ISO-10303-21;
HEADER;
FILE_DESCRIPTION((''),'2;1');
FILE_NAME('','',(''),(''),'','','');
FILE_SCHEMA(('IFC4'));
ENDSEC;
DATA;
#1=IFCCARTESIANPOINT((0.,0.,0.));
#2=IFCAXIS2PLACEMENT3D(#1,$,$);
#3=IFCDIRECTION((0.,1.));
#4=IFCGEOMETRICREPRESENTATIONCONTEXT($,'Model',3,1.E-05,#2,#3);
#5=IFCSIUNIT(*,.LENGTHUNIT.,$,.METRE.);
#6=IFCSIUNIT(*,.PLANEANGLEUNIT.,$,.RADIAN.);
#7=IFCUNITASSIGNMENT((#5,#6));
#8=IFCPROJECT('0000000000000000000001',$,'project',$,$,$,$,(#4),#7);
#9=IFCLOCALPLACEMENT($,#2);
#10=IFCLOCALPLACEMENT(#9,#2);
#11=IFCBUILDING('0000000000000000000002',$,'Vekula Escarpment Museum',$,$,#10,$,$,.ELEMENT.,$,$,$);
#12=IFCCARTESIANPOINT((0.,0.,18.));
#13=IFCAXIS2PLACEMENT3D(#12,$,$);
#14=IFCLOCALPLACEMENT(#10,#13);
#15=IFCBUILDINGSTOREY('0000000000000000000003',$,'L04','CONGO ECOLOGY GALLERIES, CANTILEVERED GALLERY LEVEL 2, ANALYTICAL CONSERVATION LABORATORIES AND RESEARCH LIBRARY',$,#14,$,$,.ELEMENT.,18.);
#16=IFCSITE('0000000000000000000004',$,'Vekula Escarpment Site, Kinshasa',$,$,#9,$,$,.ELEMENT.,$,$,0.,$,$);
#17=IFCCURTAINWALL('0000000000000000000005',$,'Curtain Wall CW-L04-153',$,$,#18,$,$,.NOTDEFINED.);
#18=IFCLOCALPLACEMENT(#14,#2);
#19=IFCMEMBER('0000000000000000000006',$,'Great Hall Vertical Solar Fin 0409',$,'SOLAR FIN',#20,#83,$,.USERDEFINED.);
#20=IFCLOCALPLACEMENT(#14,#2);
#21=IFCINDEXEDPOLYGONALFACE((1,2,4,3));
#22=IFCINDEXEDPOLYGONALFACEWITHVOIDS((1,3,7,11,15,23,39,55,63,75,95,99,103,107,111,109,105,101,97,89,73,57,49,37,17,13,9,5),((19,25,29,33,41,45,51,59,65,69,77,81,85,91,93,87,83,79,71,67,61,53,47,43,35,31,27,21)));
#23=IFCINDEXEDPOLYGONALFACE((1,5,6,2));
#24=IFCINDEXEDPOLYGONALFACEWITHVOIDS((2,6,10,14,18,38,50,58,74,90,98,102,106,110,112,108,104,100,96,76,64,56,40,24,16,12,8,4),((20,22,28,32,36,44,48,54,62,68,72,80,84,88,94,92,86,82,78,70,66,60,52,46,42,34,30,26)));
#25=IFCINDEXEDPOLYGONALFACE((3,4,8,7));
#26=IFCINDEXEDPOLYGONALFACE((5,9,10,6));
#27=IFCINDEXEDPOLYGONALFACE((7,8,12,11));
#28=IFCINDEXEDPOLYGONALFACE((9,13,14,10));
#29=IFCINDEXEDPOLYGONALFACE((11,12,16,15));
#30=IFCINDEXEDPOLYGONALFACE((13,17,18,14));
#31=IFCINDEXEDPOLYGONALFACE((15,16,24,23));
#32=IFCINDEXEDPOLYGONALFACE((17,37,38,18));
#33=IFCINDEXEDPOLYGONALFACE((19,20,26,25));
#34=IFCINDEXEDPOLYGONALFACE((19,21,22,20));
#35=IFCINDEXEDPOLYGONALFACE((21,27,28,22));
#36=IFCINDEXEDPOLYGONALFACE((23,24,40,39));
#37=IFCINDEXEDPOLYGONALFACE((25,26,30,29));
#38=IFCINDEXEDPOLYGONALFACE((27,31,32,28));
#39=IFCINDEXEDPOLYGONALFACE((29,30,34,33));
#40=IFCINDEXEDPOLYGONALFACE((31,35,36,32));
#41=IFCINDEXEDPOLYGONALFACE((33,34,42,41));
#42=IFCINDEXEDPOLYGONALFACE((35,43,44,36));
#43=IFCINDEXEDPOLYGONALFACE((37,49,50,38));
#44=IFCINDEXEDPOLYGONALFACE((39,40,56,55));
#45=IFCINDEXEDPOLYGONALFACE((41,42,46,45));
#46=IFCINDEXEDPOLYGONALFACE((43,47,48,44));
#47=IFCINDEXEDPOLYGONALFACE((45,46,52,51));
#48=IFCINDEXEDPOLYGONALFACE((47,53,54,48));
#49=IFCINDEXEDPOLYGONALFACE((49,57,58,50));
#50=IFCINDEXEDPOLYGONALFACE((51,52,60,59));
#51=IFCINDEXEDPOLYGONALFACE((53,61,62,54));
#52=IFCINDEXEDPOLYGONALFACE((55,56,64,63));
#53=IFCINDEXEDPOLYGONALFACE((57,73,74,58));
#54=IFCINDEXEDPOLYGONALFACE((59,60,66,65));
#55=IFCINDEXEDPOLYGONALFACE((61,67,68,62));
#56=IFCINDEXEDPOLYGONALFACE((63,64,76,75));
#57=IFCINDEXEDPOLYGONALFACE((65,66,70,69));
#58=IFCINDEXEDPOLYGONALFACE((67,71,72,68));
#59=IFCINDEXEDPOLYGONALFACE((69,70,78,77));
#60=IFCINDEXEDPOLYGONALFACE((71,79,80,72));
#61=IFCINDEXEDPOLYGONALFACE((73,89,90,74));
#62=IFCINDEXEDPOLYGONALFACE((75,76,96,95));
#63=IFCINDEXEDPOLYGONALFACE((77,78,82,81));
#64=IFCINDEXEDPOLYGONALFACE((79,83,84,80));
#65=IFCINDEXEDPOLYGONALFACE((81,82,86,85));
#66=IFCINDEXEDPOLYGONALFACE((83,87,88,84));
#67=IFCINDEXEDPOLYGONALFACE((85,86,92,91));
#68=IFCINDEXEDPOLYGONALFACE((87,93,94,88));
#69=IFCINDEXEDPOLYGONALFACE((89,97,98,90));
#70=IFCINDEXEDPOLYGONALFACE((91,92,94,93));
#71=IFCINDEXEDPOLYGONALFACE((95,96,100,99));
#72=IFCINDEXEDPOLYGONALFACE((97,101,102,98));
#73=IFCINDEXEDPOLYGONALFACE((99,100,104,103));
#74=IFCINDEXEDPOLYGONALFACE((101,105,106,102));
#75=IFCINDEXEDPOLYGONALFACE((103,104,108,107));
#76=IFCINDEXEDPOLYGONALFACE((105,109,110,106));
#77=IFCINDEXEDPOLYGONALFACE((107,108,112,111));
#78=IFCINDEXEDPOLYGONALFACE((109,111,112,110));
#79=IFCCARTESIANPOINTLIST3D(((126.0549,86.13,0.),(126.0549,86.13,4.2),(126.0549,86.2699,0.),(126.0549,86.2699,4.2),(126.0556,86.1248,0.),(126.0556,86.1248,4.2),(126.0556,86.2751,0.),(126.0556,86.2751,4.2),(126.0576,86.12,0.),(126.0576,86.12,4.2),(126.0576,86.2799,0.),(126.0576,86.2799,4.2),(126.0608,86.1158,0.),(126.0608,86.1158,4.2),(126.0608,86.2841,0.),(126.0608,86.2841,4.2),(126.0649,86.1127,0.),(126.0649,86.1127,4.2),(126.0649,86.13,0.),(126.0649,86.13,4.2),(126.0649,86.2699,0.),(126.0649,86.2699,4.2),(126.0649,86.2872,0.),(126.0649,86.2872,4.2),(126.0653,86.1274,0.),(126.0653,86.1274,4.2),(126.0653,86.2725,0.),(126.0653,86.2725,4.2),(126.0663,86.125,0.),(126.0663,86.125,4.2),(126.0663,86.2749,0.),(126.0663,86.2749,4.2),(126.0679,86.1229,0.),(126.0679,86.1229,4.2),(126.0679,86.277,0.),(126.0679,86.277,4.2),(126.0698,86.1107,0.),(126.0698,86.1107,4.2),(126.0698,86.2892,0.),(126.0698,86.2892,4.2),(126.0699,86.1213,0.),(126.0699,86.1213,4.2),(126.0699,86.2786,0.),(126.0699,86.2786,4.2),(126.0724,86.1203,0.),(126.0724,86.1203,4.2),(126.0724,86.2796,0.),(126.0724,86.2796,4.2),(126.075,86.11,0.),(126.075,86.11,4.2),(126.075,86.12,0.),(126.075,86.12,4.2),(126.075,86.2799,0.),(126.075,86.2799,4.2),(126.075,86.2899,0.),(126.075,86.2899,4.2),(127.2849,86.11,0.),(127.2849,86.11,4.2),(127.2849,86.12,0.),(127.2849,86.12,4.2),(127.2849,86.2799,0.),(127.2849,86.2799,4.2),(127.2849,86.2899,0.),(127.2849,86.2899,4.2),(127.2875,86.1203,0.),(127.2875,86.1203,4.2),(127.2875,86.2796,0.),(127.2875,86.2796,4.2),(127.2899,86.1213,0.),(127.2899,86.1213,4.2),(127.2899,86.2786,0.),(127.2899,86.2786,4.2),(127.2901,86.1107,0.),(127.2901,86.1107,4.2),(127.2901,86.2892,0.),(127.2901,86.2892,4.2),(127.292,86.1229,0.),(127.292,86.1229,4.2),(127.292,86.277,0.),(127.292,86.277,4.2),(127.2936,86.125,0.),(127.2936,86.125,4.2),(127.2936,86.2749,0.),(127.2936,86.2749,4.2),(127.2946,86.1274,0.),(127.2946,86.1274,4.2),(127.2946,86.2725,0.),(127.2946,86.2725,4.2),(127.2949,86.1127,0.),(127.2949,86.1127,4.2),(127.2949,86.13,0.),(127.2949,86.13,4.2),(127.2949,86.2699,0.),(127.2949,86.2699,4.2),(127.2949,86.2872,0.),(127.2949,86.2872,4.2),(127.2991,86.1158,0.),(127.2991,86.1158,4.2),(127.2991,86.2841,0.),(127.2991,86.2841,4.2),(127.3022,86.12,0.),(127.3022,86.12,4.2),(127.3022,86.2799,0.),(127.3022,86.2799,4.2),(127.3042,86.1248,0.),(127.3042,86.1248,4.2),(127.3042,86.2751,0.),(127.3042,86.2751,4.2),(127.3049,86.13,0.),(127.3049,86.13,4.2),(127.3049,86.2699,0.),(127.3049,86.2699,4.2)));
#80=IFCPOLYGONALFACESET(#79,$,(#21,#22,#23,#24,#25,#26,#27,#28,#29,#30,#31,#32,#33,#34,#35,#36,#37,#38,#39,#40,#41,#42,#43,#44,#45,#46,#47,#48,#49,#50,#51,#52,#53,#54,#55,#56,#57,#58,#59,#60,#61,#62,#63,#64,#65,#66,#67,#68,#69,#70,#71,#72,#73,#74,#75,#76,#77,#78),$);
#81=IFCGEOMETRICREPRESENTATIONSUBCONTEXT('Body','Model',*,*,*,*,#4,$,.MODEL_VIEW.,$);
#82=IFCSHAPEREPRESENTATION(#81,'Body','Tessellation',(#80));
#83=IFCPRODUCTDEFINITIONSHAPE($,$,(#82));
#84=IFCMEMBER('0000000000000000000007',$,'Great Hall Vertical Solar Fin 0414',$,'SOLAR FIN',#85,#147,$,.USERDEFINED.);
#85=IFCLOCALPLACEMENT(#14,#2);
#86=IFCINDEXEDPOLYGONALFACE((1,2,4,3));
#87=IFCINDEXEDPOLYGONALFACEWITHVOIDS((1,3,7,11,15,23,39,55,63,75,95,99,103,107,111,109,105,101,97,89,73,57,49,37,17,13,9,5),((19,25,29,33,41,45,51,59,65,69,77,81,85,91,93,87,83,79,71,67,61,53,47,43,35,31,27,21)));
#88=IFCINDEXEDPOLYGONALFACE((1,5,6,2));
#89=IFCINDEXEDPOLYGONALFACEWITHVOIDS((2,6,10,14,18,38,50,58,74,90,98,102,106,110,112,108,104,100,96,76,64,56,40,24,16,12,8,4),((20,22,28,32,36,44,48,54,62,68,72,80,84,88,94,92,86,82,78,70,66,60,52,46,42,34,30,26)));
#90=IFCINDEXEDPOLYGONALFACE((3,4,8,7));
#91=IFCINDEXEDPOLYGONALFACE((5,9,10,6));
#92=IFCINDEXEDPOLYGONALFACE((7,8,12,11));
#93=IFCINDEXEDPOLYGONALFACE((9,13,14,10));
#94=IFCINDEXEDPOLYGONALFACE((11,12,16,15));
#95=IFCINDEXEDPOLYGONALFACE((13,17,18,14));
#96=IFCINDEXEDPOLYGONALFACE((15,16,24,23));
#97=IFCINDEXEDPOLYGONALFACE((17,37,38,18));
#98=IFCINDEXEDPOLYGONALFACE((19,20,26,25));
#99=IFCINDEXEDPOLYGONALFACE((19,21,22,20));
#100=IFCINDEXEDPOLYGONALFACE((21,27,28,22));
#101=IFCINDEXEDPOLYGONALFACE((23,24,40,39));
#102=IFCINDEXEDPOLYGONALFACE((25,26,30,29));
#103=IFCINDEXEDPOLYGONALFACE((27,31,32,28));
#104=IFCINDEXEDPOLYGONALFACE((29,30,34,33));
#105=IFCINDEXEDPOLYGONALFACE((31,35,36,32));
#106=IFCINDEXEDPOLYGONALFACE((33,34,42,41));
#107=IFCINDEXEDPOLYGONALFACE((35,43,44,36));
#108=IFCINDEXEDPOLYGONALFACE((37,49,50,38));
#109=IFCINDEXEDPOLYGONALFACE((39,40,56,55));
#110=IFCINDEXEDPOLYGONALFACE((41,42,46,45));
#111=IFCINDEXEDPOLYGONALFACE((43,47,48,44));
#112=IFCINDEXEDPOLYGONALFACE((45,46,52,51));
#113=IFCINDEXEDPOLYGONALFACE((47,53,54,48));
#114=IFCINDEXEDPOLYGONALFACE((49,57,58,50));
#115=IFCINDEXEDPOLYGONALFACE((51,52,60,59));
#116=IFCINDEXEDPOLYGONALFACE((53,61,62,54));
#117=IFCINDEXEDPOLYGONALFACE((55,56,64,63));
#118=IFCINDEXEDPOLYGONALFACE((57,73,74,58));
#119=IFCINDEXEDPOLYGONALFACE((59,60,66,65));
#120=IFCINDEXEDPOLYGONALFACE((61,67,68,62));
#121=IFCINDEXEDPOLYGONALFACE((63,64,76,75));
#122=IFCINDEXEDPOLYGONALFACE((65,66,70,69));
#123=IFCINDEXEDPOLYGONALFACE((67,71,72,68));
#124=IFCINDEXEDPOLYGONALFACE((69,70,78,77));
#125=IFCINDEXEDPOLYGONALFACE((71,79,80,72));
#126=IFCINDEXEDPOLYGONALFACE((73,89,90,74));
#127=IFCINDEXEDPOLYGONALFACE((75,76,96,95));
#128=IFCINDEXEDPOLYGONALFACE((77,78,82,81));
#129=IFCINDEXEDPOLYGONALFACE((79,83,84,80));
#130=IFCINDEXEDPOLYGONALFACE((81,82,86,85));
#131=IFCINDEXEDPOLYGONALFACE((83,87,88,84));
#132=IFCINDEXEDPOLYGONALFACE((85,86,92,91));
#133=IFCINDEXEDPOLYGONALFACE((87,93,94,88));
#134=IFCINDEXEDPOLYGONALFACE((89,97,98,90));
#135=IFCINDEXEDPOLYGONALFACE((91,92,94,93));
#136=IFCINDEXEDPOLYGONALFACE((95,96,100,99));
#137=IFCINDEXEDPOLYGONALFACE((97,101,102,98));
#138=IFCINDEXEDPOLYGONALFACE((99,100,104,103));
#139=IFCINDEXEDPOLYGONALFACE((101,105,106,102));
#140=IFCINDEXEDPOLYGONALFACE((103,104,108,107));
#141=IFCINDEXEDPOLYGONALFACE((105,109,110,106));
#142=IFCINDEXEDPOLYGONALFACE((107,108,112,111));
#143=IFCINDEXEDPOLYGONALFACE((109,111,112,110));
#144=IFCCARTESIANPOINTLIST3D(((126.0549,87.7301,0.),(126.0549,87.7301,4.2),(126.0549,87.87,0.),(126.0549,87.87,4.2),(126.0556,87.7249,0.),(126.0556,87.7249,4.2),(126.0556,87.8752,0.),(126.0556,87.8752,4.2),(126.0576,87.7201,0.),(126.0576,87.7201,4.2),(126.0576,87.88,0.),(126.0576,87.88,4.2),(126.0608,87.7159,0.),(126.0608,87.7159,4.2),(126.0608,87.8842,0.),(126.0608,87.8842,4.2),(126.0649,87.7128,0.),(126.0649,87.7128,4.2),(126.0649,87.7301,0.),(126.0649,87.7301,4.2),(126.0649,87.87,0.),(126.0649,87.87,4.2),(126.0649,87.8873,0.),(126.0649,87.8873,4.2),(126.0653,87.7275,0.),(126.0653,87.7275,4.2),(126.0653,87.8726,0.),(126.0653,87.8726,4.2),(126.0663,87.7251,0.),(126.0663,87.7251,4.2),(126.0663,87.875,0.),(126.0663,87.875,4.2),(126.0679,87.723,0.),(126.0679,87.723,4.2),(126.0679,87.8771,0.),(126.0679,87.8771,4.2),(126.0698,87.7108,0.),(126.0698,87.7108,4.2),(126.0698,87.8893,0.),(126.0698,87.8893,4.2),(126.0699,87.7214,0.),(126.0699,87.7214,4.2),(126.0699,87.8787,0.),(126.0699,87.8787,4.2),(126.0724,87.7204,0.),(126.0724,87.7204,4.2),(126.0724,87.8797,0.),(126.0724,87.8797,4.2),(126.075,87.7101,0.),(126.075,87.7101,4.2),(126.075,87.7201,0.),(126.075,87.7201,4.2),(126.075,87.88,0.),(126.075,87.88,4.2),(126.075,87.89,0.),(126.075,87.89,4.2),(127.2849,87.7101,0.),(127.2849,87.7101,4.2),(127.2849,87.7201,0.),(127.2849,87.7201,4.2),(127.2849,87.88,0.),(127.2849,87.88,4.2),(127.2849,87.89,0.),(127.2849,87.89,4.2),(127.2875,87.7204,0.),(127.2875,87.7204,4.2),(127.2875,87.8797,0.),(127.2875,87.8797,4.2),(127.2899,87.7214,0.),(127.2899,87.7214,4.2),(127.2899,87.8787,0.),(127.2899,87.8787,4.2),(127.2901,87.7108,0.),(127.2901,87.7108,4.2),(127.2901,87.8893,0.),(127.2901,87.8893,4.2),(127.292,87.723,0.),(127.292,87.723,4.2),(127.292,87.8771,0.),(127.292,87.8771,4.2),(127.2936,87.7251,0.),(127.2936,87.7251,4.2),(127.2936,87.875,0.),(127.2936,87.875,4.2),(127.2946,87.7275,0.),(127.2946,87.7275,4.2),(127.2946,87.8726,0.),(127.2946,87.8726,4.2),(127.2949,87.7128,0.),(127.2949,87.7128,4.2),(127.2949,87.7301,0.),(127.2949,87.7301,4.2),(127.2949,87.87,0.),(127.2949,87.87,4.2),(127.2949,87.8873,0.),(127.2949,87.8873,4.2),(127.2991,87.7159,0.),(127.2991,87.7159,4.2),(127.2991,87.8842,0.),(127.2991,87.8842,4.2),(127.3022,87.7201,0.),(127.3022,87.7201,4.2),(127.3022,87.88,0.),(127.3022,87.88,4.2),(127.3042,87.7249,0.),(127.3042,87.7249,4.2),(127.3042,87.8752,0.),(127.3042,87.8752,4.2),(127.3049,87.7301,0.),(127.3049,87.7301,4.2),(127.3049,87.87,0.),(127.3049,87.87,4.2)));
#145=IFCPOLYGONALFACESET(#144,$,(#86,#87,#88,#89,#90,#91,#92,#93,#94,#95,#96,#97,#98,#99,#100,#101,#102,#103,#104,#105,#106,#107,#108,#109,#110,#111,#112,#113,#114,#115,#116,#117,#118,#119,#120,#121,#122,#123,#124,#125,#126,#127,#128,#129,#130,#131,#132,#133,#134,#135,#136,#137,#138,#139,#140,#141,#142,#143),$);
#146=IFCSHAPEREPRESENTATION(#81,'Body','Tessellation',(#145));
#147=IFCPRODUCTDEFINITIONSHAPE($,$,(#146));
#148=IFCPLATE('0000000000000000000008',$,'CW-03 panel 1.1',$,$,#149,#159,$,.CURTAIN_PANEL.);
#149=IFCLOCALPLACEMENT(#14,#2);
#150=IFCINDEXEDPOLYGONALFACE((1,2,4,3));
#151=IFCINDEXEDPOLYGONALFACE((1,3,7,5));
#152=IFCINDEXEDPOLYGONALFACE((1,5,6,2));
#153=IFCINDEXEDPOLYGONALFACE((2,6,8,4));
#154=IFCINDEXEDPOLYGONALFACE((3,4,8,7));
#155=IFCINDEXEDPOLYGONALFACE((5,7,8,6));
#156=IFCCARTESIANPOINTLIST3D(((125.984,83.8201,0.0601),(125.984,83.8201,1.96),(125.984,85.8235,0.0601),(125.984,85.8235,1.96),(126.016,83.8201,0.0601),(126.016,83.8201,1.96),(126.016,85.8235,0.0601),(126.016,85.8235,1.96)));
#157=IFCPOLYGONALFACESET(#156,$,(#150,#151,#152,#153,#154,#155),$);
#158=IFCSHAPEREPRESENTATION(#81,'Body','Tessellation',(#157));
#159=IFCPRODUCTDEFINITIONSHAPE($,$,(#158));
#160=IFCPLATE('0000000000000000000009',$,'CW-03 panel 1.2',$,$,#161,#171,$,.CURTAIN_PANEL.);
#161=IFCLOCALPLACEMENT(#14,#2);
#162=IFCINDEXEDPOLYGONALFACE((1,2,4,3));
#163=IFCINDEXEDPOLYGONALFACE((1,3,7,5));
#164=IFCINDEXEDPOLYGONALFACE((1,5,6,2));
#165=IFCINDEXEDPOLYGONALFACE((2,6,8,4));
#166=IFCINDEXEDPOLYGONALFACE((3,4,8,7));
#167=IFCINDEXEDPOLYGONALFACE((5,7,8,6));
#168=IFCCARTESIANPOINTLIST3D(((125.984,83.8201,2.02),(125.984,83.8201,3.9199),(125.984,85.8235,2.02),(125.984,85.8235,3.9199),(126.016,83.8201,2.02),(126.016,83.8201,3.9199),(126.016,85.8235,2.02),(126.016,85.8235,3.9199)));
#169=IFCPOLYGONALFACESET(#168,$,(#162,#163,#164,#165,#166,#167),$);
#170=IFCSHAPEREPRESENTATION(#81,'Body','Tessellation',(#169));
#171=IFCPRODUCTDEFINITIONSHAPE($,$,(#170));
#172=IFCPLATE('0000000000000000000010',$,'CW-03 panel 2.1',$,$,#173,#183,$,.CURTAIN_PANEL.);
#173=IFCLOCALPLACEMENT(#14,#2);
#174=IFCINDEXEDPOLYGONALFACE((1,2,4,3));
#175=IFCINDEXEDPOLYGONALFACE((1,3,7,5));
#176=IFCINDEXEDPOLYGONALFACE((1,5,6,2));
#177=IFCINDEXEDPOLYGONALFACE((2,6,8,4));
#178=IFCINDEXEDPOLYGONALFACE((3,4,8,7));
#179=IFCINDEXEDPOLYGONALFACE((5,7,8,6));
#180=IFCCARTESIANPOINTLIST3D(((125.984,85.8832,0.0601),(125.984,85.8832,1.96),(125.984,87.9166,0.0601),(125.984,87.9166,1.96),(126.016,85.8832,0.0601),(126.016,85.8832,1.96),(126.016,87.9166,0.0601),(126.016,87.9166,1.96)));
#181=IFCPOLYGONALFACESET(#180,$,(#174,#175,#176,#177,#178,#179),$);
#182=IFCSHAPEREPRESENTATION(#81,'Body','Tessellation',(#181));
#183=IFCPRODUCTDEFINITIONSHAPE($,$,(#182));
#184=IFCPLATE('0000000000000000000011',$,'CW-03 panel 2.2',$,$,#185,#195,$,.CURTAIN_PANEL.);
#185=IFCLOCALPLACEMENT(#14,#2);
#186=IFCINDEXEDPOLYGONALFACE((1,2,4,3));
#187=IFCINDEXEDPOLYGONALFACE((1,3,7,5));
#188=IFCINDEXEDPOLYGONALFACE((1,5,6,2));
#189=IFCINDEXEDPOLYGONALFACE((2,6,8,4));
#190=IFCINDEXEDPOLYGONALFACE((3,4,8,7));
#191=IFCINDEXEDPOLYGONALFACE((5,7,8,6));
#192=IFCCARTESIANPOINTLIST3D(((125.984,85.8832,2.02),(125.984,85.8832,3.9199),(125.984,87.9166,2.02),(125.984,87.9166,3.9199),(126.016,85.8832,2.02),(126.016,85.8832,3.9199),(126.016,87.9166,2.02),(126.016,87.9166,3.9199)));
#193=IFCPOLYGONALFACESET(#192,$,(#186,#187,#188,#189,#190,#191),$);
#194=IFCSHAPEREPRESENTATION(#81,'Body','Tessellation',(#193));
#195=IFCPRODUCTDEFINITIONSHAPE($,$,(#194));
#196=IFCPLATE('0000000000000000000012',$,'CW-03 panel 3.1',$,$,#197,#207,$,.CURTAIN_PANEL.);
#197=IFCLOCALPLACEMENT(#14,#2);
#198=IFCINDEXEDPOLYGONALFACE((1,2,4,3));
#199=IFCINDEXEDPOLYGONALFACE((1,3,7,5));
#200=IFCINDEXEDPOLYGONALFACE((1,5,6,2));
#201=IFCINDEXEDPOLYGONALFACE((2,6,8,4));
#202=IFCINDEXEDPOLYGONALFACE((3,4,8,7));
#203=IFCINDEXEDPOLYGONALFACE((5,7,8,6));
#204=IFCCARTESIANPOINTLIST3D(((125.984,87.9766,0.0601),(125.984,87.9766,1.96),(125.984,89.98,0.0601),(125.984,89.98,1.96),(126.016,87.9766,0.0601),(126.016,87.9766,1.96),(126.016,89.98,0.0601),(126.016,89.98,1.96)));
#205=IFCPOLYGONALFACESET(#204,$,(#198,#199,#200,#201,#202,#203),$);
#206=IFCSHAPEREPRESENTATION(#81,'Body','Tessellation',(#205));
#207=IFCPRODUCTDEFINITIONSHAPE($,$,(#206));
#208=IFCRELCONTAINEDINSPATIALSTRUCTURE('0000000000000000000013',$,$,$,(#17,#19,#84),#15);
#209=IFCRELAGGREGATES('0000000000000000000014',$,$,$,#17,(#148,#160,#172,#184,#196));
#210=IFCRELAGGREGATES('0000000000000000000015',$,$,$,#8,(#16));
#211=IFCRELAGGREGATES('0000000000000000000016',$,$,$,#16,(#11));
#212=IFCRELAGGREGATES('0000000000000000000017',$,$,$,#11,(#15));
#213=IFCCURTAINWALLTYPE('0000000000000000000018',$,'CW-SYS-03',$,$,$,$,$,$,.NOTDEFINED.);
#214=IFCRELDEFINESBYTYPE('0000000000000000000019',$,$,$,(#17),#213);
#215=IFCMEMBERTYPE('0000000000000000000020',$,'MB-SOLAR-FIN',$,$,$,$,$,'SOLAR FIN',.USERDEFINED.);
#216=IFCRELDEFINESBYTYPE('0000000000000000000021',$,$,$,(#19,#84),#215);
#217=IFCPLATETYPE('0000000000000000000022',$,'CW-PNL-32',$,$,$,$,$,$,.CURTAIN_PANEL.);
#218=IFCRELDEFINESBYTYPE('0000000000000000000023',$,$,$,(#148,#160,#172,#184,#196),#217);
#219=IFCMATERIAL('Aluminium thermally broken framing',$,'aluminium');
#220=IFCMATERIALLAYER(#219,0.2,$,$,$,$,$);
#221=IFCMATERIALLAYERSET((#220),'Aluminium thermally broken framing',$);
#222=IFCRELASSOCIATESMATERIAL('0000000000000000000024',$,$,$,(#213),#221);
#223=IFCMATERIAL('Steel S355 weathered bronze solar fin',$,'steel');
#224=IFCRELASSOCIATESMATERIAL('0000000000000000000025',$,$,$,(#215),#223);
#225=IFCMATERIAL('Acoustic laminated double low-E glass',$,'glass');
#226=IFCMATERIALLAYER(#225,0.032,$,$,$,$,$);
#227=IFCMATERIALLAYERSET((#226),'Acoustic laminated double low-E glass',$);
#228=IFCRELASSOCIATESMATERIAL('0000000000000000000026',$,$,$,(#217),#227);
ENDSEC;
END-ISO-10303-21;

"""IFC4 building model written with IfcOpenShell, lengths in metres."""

from ifc_helpers import new_model, si_unit, direction, frame, origin, origin_2d, place, context, subcontext, project, spatial, rectangle, hollow_rectangle, extrude, material, layer, layer_set, material_profile, profile_set, type_object, element, aggregate, save


model = new_model("IFC4")

# Units and contexts
model_context = context("Model", 3, precision=1e-05, world=origin(), true_north=direction((0.0, 1.0)))
body_context = subcontext(model_context, "Body", "Model", "MODEL_VIEW")
ifc_project = project(units=[si_unit("LENGTHUNIT", "METRE"), si_unit("PLANEANGLEUNIT", "RADIAN")], contexts=[model_context])

# Site, building, storey
site_placement = place(None, origin())
site = spatial("IfcSite", under=ifc_project, at=site_placement, Name="Vekula Escarpment Site, Kinshasa", CompositionType="ELEMENT", RefElevation=0.0)
building_placement = place(site_placement, origin())
building = spatial("IfcBuilding", under=site, at=building_placement, Name="Vekula Escarpment Museum", CompositionType="ELEMENT")
storey_placement = place(building_placement, frame((0.0, 0.0, 18.0)))
storey = spatial("IfcBuildingStorey", under=building, at=storey_placement, Name="L04", Description="CONGO ECOLOGY GALLERIES, CANTILEVERED GALLERY LEVEL 2, ANALYTICAL CONSERVATION LABORATORIES AND RESEARCH LIBRARY", CompositionType="ELEMENT", Elevation=18.0)

# Curtain wall
ifc_material_1 = material(Name="Aluminium thermally broken framing", Category="aluminium")
ifc_layer_1 = layer(ifc_material_1, 0.2)
ifc_layer_set_1 = layer_set([ifc_layer_1], Name="Aluminium thermally broken framing")
curtain_wall_type_1 = type_object("IfcCurtainWallType", Name="CW-SYS-03", PredefinedType="NOTDEFINED", material=ifc_layer_set_1)
curtain_wall_1_placement = place(storey_placement, origin())
curtain_wall_1 = element("IfcCurtainWall", 1, at=curtain_wall_1_placement, inside=storey, type_object=curtain_wall_type_1, Name="Curtain Wall CW-L04-153", PredefinedType="NOTDEFINED")

# Members
ifc_material_2 = material(Name="Steel S355 weathered bronze solar fin", Category="steel")
ifc_material_profile_1 = material_profile(ifc_material_2, hollow_rectangle(XDim=0.1799, YDim=1.25, WallThickness=0.01, InnerFilletRadius=0.01, OuterFilletRadius=0.02, at=origin_2d()), Name="RHS 1250x180x10")
ifc_profile_set_1 = profile_set([ifc_material_profile_1], Name="Steel S355 weathered bronze solar fin")
member_type_1 = type_object("IfcMemberType", Name="MB-SOLAR-FIN", ElementType="SOLAR FIN", PredefinedType="USERDEFINED", material=ifc_profile_set_1)
for number, where, z_axis, x_axis, name in (
    (2, (126.6799, 86.2, 0.0), (0.0, 0.0, 1.0), (0.0, 1.0, 0.0), "Great Hall Vertical Solar Fin 0409"),
    (3, (126.6799, 87.8, 0.0), (0.0, 0.0, 1.0), (0.0, 1.0, 0.0), "Great Hall Vertical Solar Fin 0414"),
):
    element("IfcMember", number, at=place(storey_placement, frame(where, z_axis=z_axis, x_axis=x_axis)), inside=storey, type_object=member_type_1, Name=name, ObjectType="SOLAR FIN", PredefinedType="USERDEFINED", context=body_context, shape_type="SweptSolid", body=[
        extrude(hollow_rectangle(XDim=0.1799, YDim=1.25, WallThickness=0.01, InnerFilletRadius=0.01, OuterFilletRadius=0.02, at=origin_2d()), origin(), (0.0, 0.0, 1.0), 4.2),
    ])

# Plates
ifc_material_3 = material(Name="Acoustic laminated double low-E glass", Category="glass")
ifc_layer_2 = layer(ifc_material_3, 0.032)
ifc_layer_set_2 = layer_set([ifc_layer_2], Name="Acoustic laminated double low-E glass")
plate_type = type_object("IfcPlateType", Name="CW-PNL-32", PredefinedType="CURTAIN_PANEL", material=ifc_layer_set_2)
plate_1_placement = place(storey_placement, frame((126.0, 84.8218, 0.0601), z_axis=(0.0, 0.0, 1.0), x_axis=(0.0, 1.0, 0.0)))
plate_1 = element("IfcPlate", 4, at=plate_1_placement, type_object=plate_type, Name="CW-03 panel 1.1", PredefinedType="CURTAIN_PANEL", context=body_context, shape_type="SweptSolid", body=[
    extrude(rectangle(XDim=2.0034, YDim=0.032, at=origin_2d()), origin(), (0.0, 0.0, 1.0), 1.8999),
])
plate_2_placement = place(storey_placement, frame((126.0, 84.8218, 2.02), z_axis=(0.0, 0.0, 1.0), x_axis=(0.0, 1.0, 0.0)))
plate_2 = element("IfcPlate", 5, at=plate_2_placement, type_object=plate_type, Name="CW-03 panel 1.2", PredefinedType="CURTAIN_PANEL", context=body_context, shape_type="SweptSolid", body=[
    extrude(rectangle(XDim=2.0034, YDim=0.032, at=origin_2d()), origin(), (0.0, 0.0, 1.0), 1.8999),
])
plate_3_placement = place(storey_placement, frame((126.0, 86.8999, 0.0601), z_axis=(0.0, 0.0, 1.0), x_axis=(0.0, 1.0, 0.0)))
plate_3 = element("IfcPlate", 6, at=plate_3_placement, type_object=plate_type, Name="CW-03 panel 2.1", PredefinedType="CURTAIN_PANEL", context=body_context, shape_type="SweptSolid", body=[
    extrude(rectangle(XDim=2.0334, YDim=0.032, at=origin_2d()), origin(), (0.0, 0.0, 1.0), 1.8999),
])
plate_4_placement = place(storey_placement, frame((126.0, 86.8999, 2.02), z_axis=(0.0, 0.0, 1.0), x_axis=(0.0, 1.0, 0.0)))
plate_4 = element("IfcPlate", 7, at=plate_4_placement, type_object=plate_type, Name="CW-03 panel 2.2", PredefinedType="CURTAIN_PANEL", context=body_context, shape_type="SweptSolid", body=[
    extrude(rectangle(XDim=2.0334, YDim=0.032, at=origin_2d()), origin(), (0.0, 0.0, 1.0), 1.8999),
])
plate_5_placement = place(storey_placement, frame((126.0, 88.9783, 0.0601), z_axis=(0.0, 0.0, 1.0), x_axis=(0.0, 1.0, 0.0)))
plate_5 = element("IfcPlate", 8, at=plate_5_placement, type_object=plate_type, Name="CW-03 panel 3.1", PredefinedType="CURTAIN_PANEL", context=body_context, shape_type="SweptSolid", body=[
    extrude(rectangle(XDim=2.0034, YDim=0.032, at=origin_2d()), origin(), (0.0, 0.0, 1.0), 1.8999),
])
aggregate(curtain_wall_1, [plate_1, plate_2, plate_3, plate_4, plate_5])

save(model, "model.ifc")
